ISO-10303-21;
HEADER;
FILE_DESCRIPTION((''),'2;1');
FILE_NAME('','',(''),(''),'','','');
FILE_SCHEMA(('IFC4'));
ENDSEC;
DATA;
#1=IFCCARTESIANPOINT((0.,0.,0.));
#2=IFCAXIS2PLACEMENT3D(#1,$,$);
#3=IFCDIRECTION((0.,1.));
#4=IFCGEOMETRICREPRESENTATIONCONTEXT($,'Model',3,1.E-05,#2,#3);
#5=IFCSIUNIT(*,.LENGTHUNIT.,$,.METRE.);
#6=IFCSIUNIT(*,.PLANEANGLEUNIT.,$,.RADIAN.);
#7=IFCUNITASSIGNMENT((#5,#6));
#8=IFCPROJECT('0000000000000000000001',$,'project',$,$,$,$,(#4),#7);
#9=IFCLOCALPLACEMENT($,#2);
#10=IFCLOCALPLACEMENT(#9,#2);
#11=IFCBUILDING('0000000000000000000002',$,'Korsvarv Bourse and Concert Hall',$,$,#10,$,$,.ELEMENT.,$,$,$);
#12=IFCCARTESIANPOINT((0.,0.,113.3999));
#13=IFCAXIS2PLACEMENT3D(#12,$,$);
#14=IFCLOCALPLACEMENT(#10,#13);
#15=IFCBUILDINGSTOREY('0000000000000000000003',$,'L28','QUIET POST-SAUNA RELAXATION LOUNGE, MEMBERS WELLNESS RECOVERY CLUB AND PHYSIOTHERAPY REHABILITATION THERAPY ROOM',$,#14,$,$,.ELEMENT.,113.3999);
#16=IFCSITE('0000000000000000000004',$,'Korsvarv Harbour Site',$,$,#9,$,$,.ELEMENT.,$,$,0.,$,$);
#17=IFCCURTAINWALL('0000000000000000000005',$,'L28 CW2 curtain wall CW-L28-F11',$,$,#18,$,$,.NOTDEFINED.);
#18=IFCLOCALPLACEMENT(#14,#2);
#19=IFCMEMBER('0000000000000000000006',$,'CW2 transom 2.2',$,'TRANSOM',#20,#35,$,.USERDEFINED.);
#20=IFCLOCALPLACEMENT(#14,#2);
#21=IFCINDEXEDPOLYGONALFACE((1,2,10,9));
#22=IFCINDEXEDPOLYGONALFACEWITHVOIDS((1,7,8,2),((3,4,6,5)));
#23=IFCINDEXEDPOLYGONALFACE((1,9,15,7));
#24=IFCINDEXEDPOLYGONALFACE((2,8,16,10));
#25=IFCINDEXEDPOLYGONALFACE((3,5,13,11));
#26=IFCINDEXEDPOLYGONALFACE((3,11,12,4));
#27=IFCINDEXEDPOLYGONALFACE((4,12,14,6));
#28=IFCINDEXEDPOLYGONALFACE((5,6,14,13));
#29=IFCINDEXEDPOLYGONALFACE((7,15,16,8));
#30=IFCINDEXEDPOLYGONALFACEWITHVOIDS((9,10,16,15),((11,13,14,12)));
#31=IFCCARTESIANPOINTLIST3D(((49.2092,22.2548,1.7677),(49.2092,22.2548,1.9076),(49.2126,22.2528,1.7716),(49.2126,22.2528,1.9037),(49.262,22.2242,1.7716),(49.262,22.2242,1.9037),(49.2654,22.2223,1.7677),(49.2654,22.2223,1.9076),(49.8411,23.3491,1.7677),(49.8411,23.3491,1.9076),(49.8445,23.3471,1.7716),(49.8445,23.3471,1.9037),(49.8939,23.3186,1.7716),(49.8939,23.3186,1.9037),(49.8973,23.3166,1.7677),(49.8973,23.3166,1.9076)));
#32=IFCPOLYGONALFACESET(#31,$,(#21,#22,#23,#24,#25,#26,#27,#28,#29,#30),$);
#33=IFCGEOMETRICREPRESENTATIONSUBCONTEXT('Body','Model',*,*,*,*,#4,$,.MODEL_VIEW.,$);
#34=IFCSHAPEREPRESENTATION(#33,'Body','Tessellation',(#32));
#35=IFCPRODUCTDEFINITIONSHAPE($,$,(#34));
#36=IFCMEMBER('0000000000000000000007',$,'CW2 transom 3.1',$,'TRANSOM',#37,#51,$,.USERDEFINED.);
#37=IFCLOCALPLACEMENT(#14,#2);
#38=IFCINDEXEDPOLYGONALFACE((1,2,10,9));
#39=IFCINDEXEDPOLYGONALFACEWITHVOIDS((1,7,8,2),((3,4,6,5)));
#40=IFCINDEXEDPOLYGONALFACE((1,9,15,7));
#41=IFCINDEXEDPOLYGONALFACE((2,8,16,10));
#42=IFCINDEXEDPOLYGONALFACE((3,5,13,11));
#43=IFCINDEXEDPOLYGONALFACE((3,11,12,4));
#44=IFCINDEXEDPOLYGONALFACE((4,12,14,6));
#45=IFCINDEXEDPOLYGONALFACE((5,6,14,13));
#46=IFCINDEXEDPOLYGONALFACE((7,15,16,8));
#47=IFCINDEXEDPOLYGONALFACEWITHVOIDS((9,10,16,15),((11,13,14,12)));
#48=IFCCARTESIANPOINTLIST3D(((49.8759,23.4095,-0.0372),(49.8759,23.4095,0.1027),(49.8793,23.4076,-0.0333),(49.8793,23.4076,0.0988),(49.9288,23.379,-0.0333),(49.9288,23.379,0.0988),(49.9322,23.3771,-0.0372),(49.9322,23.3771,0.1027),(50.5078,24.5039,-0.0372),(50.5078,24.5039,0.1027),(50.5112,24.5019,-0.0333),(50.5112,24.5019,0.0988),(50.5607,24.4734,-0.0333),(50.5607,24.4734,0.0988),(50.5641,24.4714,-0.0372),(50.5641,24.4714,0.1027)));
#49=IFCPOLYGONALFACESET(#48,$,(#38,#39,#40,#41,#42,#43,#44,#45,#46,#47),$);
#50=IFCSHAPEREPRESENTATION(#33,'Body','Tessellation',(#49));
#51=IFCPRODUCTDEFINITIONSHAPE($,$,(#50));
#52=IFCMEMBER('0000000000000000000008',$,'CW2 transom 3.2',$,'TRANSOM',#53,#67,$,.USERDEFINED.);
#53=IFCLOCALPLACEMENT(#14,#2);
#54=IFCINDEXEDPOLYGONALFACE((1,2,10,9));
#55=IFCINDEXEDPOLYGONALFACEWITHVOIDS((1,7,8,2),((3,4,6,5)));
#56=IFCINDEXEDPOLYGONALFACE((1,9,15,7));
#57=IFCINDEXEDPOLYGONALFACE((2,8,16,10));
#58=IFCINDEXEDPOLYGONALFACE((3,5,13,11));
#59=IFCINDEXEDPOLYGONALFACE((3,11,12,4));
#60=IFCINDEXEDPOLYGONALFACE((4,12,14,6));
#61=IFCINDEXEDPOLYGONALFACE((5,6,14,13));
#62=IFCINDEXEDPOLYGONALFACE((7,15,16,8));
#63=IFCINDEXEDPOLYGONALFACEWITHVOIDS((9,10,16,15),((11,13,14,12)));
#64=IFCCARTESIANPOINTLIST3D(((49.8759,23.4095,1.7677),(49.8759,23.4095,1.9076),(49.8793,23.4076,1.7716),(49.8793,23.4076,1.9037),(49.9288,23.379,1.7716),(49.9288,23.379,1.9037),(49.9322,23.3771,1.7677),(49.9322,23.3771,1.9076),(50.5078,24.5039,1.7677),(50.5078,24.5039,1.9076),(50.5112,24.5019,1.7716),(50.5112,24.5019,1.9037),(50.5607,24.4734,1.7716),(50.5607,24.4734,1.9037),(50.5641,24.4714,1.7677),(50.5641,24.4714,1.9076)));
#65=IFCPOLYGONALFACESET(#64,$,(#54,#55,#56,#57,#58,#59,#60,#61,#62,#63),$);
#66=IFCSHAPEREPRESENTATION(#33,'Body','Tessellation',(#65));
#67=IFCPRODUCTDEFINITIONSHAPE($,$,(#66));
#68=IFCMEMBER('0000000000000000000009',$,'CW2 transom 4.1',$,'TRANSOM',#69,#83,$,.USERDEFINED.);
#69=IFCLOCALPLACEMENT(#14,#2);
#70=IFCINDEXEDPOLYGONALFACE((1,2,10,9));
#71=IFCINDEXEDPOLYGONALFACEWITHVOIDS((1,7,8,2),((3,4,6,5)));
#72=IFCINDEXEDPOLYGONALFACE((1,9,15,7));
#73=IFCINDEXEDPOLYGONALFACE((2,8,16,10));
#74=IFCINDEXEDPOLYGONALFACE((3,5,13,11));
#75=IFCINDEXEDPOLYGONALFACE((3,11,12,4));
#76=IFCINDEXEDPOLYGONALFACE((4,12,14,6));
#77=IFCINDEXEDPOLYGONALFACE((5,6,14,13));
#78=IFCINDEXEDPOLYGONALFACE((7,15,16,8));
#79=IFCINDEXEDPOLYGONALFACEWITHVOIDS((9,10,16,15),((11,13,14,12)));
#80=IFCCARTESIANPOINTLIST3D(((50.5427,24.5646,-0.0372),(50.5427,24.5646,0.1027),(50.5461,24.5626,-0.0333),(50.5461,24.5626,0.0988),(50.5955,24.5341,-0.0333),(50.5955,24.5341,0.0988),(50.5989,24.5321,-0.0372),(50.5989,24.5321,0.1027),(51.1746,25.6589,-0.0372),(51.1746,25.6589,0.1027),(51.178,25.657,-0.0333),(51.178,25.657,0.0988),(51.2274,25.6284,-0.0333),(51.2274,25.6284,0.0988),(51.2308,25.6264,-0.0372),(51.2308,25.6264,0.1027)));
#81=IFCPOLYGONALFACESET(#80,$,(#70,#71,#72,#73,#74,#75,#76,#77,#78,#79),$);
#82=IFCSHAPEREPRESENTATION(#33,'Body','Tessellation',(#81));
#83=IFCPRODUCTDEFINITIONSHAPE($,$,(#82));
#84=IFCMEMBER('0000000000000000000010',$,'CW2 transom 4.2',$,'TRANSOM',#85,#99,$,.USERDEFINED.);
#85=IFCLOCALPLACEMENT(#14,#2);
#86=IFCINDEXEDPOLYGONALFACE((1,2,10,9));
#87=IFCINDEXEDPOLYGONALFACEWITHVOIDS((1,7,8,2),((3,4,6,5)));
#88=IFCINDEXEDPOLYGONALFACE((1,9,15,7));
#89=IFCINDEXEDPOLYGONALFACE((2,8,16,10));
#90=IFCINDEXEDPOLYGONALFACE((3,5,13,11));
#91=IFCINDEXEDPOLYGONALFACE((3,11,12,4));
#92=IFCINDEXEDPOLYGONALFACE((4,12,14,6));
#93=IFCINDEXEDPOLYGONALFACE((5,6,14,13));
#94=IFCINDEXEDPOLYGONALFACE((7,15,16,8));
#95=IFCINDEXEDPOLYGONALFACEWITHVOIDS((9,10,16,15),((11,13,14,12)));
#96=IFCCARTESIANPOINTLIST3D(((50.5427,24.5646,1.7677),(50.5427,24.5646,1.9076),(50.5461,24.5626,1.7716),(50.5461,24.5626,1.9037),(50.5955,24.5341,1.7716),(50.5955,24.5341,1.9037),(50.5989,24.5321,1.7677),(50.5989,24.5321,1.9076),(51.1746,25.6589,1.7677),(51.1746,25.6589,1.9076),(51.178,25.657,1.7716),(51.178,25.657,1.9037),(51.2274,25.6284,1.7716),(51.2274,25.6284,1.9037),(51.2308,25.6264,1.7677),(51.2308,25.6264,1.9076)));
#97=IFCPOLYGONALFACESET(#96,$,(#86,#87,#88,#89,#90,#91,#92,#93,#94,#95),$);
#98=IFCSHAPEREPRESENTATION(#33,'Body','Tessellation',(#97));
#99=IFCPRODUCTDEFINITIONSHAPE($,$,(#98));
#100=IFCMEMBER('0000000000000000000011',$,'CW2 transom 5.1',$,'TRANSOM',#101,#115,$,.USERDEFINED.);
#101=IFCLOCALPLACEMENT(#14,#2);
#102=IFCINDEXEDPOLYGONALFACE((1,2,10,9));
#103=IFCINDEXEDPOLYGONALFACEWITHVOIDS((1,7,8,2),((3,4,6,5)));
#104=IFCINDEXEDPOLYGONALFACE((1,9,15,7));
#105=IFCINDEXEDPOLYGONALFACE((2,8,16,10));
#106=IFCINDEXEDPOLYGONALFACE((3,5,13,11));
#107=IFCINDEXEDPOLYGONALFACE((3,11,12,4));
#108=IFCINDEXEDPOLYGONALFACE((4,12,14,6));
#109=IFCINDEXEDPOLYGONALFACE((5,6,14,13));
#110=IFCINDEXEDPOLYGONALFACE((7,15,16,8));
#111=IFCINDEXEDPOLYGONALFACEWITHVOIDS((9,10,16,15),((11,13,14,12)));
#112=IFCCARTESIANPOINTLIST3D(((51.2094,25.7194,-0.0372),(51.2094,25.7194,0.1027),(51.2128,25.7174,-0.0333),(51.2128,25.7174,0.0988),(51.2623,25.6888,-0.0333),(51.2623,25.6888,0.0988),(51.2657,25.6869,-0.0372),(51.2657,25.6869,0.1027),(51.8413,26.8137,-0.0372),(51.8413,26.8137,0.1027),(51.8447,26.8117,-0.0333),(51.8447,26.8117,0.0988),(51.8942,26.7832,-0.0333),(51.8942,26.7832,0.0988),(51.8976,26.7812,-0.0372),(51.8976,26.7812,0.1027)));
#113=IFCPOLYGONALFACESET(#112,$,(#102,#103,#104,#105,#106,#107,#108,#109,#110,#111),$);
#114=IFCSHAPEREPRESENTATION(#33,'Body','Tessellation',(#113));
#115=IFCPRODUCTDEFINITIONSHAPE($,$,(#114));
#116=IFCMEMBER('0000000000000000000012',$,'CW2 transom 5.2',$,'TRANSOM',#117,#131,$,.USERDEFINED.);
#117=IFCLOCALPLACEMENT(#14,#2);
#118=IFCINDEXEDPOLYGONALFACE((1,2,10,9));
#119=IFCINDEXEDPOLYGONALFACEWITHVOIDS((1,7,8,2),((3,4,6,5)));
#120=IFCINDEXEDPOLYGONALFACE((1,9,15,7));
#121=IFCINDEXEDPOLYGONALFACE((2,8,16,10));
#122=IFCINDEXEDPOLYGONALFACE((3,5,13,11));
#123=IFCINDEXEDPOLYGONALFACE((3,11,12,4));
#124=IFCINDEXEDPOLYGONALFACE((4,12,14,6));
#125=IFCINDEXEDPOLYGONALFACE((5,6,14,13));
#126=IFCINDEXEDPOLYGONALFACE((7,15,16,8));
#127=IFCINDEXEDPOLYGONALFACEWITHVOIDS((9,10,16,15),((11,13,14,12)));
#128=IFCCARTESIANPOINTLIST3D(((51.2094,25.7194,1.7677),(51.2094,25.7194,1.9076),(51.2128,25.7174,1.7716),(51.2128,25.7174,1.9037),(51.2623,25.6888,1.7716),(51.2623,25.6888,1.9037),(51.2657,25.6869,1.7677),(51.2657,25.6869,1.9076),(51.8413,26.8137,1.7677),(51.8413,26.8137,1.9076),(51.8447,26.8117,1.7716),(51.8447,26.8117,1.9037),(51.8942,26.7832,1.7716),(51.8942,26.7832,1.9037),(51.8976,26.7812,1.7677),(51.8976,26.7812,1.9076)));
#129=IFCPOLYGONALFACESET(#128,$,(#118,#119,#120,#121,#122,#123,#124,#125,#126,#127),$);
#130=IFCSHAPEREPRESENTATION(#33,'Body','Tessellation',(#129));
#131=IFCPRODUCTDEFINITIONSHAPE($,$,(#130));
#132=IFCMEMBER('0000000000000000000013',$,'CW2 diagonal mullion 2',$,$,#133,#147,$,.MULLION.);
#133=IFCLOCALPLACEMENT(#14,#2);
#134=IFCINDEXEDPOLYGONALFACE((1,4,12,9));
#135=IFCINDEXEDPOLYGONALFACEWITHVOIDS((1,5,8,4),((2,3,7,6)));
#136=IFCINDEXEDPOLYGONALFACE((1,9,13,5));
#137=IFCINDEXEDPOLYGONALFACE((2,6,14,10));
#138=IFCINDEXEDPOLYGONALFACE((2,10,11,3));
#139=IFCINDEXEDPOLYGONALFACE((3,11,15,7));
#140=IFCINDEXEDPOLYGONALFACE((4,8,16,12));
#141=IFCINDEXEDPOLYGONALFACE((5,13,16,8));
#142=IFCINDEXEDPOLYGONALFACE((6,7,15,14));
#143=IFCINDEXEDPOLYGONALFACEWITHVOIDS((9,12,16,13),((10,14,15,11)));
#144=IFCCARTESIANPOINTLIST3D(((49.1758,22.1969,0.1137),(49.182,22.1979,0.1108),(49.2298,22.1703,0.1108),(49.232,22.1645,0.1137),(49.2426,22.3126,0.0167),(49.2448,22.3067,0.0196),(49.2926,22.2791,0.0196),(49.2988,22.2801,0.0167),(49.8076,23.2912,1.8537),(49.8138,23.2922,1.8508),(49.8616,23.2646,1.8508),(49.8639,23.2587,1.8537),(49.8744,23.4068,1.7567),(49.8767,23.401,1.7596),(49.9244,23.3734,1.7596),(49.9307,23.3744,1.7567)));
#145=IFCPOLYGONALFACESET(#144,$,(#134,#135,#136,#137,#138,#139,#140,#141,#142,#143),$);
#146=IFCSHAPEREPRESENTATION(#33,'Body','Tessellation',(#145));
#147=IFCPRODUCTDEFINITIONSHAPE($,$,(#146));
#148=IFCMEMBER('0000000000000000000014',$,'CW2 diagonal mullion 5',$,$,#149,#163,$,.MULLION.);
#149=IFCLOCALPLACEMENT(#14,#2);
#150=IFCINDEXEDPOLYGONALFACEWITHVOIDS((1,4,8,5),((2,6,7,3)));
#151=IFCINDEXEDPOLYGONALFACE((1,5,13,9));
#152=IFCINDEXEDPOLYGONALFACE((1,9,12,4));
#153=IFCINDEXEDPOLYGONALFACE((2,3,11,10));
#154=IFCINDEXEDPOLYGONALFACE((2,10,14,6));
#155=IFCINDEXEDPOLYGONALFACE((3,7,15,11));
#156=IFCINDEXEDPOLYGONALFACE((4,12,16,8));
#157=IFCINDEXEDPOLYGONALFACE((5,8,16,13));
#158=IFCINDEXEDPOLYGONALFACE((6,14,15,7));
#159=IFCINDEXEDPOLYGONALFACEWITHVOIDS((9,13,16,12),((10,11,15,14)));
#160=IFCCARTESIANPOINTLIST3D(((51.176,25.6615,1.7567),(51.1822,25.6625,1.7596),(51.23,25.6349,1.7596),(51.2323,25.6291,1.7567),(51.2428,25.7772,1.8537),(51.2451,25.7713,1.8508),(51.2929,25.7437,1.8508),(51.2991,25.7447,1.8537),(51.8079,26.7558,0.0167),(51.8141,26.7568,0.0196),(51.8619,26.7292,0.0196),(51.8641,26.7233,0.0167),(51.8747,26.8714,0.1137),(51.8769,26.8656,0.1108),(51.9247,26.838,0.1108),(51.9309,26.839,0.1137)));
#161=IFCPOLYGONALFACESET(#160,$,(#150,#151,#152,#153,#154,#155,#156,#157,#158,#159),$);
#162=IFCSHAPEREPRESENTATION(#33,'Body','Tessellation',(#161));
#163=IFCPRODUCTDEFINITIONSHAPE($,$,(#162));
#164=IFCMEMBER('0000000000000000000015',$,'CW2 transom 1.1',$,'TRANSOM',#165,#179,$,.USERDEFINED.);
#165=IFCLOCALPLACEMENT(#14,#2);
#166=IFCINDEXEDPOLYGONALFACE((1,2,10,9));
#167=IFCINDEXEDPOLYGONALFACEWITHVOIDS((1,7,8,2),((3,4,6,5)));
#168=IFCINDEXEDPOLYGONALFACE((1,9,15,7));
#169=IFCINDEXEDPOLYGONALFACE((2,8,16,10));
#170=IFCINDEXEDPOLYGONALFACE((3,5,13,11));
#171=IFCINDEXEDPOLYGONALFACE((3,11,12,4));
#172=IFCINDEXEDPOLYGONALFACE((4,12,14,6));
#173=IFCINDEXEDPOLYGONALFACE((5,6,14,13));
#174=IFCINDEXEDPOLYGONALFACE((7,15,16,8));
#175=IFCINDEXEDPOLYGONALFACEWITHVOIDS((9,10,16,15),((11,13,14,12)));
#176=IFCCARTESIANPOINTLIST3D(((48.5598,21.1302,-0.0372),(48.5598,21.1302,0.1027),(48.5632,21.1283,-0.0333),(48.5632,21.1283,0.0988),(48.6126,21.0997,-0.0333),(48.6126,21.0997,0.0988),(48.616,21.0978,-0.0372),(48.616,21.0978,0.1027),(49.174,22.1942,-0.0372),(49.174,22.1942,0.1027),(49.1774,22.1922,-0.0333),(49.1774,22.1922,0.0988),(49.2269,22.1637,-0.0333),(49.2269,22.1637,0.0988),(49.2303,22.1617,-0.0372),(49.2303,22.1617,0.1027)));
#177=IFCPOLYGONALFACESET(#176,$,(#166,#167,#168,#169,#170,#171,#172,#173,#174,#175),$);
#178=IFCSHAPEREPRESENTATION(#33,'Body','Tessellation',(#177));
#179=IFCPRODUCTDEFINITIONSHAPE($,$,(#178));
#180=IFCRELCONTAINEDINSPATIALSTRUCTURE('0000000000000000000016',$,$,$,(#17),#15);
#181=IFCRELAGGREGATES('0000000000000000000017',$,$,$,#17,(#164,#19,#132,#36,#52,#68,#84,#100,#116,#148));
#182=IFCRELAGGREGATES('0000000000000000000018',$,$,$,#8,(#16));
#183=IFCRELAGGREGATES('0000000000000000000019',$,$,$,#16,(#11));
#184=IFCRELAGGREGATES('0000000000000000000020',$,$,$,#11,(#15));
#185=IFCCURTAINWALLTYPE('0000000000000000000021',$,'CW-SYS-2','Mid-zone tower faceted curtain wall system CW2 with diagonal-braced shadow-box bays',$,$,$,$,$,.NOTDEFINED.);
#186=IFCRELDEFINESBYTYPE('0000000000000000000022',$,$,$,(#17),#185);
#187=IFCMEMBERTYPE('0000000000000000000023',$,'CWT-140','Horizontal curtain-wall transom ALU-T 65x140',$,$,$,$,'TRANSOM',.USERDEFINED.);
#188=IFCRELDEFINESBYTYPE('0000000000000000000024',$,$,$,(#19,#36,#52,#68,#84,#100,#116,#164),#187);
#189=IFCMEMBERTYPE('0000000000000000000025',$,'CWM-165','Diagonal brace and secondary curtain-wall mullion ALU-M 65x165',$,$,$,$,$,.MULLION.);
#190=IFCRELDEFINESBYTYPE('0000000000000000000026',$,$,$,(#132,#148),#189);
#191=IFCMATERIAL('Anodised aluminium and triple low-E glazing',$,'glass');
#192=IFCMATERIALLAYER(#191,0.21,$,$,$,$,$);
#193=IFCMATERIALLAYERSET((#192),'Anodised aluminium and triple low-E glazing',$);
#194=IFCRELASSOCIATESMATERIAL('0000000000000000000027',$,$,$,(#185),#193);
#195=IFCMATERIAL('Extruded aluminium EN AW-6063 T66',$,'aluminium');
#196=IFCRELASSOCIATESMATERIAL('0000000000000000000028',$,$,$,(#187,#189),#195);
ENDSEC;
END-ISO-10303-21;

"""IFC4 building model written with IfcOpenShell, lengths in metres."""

from ifc_helpers import new_model, si_unit, direction, frame, origin, origin_2d, place, context, subcontext, project, spatial, hollow_rectangle, extrude, source, transform, mapped, material, layer, layer_set, material_profile, profile_set, type_object, element, aggregate, save


model = new_model("IFC4")

# Units and contexts
model_context = context("Model", 3, precision=1e-05, world=origin(), true_north=direction((0.0, 1.0)))
body_context = subcontext(model_context, "Body", "Model", "MODEL_VIEW")
ifc_project = project(units=[si_unit("LENGTHUNIT", "METRE"), si_unit("PLANEANGLEUNIT", "RADIAN")], contexts=[model_context])

# Site, building, storey
site_placement = place(None, origin())
site = spatial("IfcSite", under=ifc_project, at=site_placement, Name="Korsvarv Harbour Site", CompositionType="ELEMENT", RefElevation=0.0)
building_placement = place(site_placement, origin())
building = spatial("IfcBuilding", under=site, at=building_placement, Name="Korsvarv Bourse and Concert Hall", CompositionType="ELEMENT")
storey_placement = place(building_placement, frame((0.0, 0.0, 113.3999)))
storey = spatial("IfcBuildingStorey", under=building, at=storey_placement, Name="L28", Description="QUIET POST-SAUNA RELAXATION LOUNGE, MEMBERS WELLNESS RECOVERY CLUB AND PHYSIOTHERAPY REHABILITATION THERAPY ROOM", CompositionType="ELEMENT", Elevation=113.3999)

# Curtain wall, members
ifc_material_1 = material(Name="Anodised aluminium and triple low-E glazing", Category="glass")
ifc_layer_1 = layer(ifc_material_1, 0.21)
ifc_layer_set_1 = layer_set([ifc_layer_1], Name="Anodised aluminium and triple low-E glazing")
curtain_wall_type = type_object("IfcCurtainWallType", Name="CW-SYS-2", Description="Mid-zone tower faceted curtain wall system CW2 with diagonal-braced shadow-box bays", PredefinedType="NOTDEFINED", material=ifc_layer_set_1)
curtain_wall_placement = place(storey_placement, origin())
curtain_wall = element("IfcCurtainWall", 1, at=curtain_wall_placement, inside=storey, type_object=curtain_wall_type, Name="L28 CW2 curtain wall CW-L28-F11", PredefinedType="NOTDEFINED")
ifc_material_2 = material(Name="Extruded aluminium EN AW-6063 T66", Category="aluminium")
ifc_material_profile_1 = material_profile(ifc_material_2, hollow_rectangle(XDim=0.0649, YDim=0.1399, WallThickness=0.0039, at=origin_2d()), Name="ALU-T 65x140")
ifc_profile_set_1 = profile_set([ifc_material_profile_1], Name="Extruded aluminium EN AW-6063 T66")
member_type_1 = type_object("IfcMemberType", Name="CWT-140", Description="Horizontal curtain-wall transom ALU-T 65x140", ElementType="TRANSOM", PredefinedType="USERDEFINED", material=ifc_profile_set_1)
shared_shape_1 = source(origin(), body_context, "Body", "SweptSolid", [
    extrude(hollow_rectangle(XDim=0.0649, YDim=0.1399, WallThickness=0.0039, at=origin_2d()), origin(), (0.0, 0.0, 1.0), 1.2637),
])
member_1_placement = place(storey_placement, frame((49.2373, 22.2385, 1.8376), z_axis=(0.500046, 0.865999, 0.0), x_axis=(-0.865999, 0.500046, 0.0)))
member_1 = element("IfcMember", 2, at=member_1_placement, type_object=member_type_1, Name="CW2 transom 2.2", ObjectType="TRANSOM", PredefinedType="USERDEFINED", context=body_context, shape_type="MappedRepresentation", body=[
    mapped(shared_shape_1, transform((0.0, 0.0, 0.0), scale=1.0)),
])
member_2_placement = place(storey_placement, frame((49.9041, 23.3933, 0.0327), z_axis=(0.500046, 0.865999, 0.0), x_axis=(-0.865999, 0.500046, 0.0)))
member_2 = element("IfcMember", 3, at=member_2_placement, type_object=member_type_1, Name="CW2 transom 3.1", ObjectType="TRANSOM", PredefinedType="USERDEFINED", context=body_context, shape_type="MappedRepresentation", body=[
    mapped(shared_shape_1, transform((0.0, 0.0, 0.0), scale=1.0)),
])
member_3_placement = place(storey_placement, frame((49.9041, 23.3933, 1.8376), z_axis=(0.500046, 0.865999, 0.0), x_axis=(-0.865999, 0.500046, 0.0)))
member_3 = element("IfcMember", 4, at=member_3_placement, type_object=member_type_1, Name="CW2 transom 3.2", ObjectType="TRANSOM", PredefinedType="USERDEFINED", context=body_context, shape_type="MappedRepresentation", body=[
    mapped(shared_shape_1, transform((0.0, 0.0, 0.0), scale=1.0)),
])
member_4_placement = place(storey_placement, frame((50.5708, 24.5483, 0.0327), z_axis=(0.500046, 0.865999, 0.0), x_axis=(-0.865999, 0.500046, 0.0)))
member_4 = element("IfcMember", 5, at=member_4_placement, type_object=member_type_1, Name="CW2 transom 4.1", ObjectType="TRANSOM", PredefinedType="USERDEFINED", context=body_context, shape_type="MappedRepresentation", body=[
    mapped(shared_shape_1, transform((0.0, 0.0, 0.0), scale=1.0)),
])
member_5_placement = place(storey_placement, frame((50.5708, 24.5483, 1.8376), z_axis=(0.500046, 0.865999, 0.0), x_axis=(-0.865999, 0.500046, 0.0)))
member_5 = element("IfcMember", 6, at=member_5_placement, type_object=member_type_1, Name="CW2 transom 4.2", ObjectType="TRANSOM", PredefinedType="USERDEFINED", context=body_context, shape_type="MappedRepresentation", body=[
    mapped(shared_shape_1, transform((0.0, 0.0, 0.0), scale=1.0)),
])
member_6_placement = place(storey_placement, frame((51.2375, 25.7031, 0.0327), z_axis=(0.500046, 0.865999, 0.0), x_axis=(-0.865999, 0.500046, 0.0)))
member_6 = element("IfcMember", 7, at=member_6_placement, type_object=member_type_1, Name="CW2 transom 5.1", ObjectType="TRANSOM", PredefinedType="USERDEFINED", context=body_context, shape_type="MappedRepresentation", body=[
    mapped(shared_shape_1, transform((0.0, 0.0, 0.0), scale=1.0)),
])
member_7_placement = place(storey_placement, frame((51.2375, 25.7031, 1.8376), z_axis=(0.500046, 0.865999, 0.0), x_axis=(-0.865999, 0.500046, 0.0)))
member_7 = element("IfcMember", 8, at=member_7_placement, type_object=member_type_1, Name="CW2 transom 5.2", ObjectType="TRANSOM", PredefinedType="USERDEFINED", context=body_context, shape_type="MappedRepresentation", body=[
    mapped(shared_shape_1, transform((0.0, 0.0, 0.0), scale=1.0)),
])
ifc_material_profile_2 = material_profile(ifc_material_2, hollow_rectangle(XDim=0.0649, YDim=0.165, WallThickness=0.0049, at=origin_2d()), Name="ALU-M 65x165")
ifc_profile_set_2 = profile_set([ifc_material_profile_2], Name="Extruded aluminium EN AW-6063 T66")
member_type_2 = type_object("IfcMemberType", Name="CWM-165", Description="Diagonal brace and secondary curtain-wall mullion ALU-M 65x165", PredefinedType="MULLION", material=ifc_profile_set_2)
shared_shape_2 = source(origin(), body_context, "Body", "SweptSolid", [
    extrude(hollow_rectangle(XDim=0.0649, YDim=0.165, WallThickness=0.0049, at=origin_2d()), origin(), (0.0, 0.0, 1.0), 2.1504),
])
member_8_placement = place(storey_placement, frame((49.2373, 22.2385, 0.0652), z_axis=(0.293825, 0.508858, 0.809154), x_axis=(-0.865999, 0.500046, 0.0)))
member_8 = element("IfcMember", 9, at=member_8_placement, type_object=member_type_2, Name="CW2 diagonal mullion 2", PredefinedType="MULLION", context=body_context, shape_type="MappedRepresentation", body=[
    mapped(shared_shape_2, transform((0.0, 0.0, 0.0), scale=1.0)),
])
member_9_placement = place(storey_placement, frame((51.8694, 26.7974, 0.0652), z_axis=(-0.293825, -0.508858, 0.809154), x_axis=(0.865999, -0.500046, 0.0)))
member_9 = element("IfcMember", 10, at=member_9_placement, type_object=member_type_2, Name="CW2 diagonal mullion 5", PredefinedType="MULLION", context=body_context, shape_type="MappedRepresentation", body=[
    mapped(shared_shape_2, transform((0.0, 0.0, 0.0), scale=1.0)),
])
shared_shape_3 = source(origin(), body_context, "Body", "SweptSolid", [
    extrude(hollow_rectangle(XDim=0.0649, YDim=0.1399, WallThickness=0.0039, at=origin_2d()), origin(), (0.0, 0.0, 1.0), 1.2285),
])
member_10_placement = place(storey_placement, frame((48.5879, 21.114, 0.0327), z_axis=(0.499986, 0.866033, 0.0), x_axis=(-0.866033, 0.499986, 0.0)))
member_10 = element("IfcMember", 11, at=member_10_placement, type_object=member_type_1, Name="CW2 transom 1.1", ObjectType="TRANSOM", PredefinedType="USERDEFINED", context=body_context, shape_type="MappedRepresentation", body=[
    mapped(shared_shape_3, transform((0.0, 0.0, 0.0), scale=1.0)),
])
aggregate(curtain_wall, [member_10, member_1, member_8, member_2, member_3, member_4, member_5, member_6, member_7, member_9])

save(model, "model.ifc")
